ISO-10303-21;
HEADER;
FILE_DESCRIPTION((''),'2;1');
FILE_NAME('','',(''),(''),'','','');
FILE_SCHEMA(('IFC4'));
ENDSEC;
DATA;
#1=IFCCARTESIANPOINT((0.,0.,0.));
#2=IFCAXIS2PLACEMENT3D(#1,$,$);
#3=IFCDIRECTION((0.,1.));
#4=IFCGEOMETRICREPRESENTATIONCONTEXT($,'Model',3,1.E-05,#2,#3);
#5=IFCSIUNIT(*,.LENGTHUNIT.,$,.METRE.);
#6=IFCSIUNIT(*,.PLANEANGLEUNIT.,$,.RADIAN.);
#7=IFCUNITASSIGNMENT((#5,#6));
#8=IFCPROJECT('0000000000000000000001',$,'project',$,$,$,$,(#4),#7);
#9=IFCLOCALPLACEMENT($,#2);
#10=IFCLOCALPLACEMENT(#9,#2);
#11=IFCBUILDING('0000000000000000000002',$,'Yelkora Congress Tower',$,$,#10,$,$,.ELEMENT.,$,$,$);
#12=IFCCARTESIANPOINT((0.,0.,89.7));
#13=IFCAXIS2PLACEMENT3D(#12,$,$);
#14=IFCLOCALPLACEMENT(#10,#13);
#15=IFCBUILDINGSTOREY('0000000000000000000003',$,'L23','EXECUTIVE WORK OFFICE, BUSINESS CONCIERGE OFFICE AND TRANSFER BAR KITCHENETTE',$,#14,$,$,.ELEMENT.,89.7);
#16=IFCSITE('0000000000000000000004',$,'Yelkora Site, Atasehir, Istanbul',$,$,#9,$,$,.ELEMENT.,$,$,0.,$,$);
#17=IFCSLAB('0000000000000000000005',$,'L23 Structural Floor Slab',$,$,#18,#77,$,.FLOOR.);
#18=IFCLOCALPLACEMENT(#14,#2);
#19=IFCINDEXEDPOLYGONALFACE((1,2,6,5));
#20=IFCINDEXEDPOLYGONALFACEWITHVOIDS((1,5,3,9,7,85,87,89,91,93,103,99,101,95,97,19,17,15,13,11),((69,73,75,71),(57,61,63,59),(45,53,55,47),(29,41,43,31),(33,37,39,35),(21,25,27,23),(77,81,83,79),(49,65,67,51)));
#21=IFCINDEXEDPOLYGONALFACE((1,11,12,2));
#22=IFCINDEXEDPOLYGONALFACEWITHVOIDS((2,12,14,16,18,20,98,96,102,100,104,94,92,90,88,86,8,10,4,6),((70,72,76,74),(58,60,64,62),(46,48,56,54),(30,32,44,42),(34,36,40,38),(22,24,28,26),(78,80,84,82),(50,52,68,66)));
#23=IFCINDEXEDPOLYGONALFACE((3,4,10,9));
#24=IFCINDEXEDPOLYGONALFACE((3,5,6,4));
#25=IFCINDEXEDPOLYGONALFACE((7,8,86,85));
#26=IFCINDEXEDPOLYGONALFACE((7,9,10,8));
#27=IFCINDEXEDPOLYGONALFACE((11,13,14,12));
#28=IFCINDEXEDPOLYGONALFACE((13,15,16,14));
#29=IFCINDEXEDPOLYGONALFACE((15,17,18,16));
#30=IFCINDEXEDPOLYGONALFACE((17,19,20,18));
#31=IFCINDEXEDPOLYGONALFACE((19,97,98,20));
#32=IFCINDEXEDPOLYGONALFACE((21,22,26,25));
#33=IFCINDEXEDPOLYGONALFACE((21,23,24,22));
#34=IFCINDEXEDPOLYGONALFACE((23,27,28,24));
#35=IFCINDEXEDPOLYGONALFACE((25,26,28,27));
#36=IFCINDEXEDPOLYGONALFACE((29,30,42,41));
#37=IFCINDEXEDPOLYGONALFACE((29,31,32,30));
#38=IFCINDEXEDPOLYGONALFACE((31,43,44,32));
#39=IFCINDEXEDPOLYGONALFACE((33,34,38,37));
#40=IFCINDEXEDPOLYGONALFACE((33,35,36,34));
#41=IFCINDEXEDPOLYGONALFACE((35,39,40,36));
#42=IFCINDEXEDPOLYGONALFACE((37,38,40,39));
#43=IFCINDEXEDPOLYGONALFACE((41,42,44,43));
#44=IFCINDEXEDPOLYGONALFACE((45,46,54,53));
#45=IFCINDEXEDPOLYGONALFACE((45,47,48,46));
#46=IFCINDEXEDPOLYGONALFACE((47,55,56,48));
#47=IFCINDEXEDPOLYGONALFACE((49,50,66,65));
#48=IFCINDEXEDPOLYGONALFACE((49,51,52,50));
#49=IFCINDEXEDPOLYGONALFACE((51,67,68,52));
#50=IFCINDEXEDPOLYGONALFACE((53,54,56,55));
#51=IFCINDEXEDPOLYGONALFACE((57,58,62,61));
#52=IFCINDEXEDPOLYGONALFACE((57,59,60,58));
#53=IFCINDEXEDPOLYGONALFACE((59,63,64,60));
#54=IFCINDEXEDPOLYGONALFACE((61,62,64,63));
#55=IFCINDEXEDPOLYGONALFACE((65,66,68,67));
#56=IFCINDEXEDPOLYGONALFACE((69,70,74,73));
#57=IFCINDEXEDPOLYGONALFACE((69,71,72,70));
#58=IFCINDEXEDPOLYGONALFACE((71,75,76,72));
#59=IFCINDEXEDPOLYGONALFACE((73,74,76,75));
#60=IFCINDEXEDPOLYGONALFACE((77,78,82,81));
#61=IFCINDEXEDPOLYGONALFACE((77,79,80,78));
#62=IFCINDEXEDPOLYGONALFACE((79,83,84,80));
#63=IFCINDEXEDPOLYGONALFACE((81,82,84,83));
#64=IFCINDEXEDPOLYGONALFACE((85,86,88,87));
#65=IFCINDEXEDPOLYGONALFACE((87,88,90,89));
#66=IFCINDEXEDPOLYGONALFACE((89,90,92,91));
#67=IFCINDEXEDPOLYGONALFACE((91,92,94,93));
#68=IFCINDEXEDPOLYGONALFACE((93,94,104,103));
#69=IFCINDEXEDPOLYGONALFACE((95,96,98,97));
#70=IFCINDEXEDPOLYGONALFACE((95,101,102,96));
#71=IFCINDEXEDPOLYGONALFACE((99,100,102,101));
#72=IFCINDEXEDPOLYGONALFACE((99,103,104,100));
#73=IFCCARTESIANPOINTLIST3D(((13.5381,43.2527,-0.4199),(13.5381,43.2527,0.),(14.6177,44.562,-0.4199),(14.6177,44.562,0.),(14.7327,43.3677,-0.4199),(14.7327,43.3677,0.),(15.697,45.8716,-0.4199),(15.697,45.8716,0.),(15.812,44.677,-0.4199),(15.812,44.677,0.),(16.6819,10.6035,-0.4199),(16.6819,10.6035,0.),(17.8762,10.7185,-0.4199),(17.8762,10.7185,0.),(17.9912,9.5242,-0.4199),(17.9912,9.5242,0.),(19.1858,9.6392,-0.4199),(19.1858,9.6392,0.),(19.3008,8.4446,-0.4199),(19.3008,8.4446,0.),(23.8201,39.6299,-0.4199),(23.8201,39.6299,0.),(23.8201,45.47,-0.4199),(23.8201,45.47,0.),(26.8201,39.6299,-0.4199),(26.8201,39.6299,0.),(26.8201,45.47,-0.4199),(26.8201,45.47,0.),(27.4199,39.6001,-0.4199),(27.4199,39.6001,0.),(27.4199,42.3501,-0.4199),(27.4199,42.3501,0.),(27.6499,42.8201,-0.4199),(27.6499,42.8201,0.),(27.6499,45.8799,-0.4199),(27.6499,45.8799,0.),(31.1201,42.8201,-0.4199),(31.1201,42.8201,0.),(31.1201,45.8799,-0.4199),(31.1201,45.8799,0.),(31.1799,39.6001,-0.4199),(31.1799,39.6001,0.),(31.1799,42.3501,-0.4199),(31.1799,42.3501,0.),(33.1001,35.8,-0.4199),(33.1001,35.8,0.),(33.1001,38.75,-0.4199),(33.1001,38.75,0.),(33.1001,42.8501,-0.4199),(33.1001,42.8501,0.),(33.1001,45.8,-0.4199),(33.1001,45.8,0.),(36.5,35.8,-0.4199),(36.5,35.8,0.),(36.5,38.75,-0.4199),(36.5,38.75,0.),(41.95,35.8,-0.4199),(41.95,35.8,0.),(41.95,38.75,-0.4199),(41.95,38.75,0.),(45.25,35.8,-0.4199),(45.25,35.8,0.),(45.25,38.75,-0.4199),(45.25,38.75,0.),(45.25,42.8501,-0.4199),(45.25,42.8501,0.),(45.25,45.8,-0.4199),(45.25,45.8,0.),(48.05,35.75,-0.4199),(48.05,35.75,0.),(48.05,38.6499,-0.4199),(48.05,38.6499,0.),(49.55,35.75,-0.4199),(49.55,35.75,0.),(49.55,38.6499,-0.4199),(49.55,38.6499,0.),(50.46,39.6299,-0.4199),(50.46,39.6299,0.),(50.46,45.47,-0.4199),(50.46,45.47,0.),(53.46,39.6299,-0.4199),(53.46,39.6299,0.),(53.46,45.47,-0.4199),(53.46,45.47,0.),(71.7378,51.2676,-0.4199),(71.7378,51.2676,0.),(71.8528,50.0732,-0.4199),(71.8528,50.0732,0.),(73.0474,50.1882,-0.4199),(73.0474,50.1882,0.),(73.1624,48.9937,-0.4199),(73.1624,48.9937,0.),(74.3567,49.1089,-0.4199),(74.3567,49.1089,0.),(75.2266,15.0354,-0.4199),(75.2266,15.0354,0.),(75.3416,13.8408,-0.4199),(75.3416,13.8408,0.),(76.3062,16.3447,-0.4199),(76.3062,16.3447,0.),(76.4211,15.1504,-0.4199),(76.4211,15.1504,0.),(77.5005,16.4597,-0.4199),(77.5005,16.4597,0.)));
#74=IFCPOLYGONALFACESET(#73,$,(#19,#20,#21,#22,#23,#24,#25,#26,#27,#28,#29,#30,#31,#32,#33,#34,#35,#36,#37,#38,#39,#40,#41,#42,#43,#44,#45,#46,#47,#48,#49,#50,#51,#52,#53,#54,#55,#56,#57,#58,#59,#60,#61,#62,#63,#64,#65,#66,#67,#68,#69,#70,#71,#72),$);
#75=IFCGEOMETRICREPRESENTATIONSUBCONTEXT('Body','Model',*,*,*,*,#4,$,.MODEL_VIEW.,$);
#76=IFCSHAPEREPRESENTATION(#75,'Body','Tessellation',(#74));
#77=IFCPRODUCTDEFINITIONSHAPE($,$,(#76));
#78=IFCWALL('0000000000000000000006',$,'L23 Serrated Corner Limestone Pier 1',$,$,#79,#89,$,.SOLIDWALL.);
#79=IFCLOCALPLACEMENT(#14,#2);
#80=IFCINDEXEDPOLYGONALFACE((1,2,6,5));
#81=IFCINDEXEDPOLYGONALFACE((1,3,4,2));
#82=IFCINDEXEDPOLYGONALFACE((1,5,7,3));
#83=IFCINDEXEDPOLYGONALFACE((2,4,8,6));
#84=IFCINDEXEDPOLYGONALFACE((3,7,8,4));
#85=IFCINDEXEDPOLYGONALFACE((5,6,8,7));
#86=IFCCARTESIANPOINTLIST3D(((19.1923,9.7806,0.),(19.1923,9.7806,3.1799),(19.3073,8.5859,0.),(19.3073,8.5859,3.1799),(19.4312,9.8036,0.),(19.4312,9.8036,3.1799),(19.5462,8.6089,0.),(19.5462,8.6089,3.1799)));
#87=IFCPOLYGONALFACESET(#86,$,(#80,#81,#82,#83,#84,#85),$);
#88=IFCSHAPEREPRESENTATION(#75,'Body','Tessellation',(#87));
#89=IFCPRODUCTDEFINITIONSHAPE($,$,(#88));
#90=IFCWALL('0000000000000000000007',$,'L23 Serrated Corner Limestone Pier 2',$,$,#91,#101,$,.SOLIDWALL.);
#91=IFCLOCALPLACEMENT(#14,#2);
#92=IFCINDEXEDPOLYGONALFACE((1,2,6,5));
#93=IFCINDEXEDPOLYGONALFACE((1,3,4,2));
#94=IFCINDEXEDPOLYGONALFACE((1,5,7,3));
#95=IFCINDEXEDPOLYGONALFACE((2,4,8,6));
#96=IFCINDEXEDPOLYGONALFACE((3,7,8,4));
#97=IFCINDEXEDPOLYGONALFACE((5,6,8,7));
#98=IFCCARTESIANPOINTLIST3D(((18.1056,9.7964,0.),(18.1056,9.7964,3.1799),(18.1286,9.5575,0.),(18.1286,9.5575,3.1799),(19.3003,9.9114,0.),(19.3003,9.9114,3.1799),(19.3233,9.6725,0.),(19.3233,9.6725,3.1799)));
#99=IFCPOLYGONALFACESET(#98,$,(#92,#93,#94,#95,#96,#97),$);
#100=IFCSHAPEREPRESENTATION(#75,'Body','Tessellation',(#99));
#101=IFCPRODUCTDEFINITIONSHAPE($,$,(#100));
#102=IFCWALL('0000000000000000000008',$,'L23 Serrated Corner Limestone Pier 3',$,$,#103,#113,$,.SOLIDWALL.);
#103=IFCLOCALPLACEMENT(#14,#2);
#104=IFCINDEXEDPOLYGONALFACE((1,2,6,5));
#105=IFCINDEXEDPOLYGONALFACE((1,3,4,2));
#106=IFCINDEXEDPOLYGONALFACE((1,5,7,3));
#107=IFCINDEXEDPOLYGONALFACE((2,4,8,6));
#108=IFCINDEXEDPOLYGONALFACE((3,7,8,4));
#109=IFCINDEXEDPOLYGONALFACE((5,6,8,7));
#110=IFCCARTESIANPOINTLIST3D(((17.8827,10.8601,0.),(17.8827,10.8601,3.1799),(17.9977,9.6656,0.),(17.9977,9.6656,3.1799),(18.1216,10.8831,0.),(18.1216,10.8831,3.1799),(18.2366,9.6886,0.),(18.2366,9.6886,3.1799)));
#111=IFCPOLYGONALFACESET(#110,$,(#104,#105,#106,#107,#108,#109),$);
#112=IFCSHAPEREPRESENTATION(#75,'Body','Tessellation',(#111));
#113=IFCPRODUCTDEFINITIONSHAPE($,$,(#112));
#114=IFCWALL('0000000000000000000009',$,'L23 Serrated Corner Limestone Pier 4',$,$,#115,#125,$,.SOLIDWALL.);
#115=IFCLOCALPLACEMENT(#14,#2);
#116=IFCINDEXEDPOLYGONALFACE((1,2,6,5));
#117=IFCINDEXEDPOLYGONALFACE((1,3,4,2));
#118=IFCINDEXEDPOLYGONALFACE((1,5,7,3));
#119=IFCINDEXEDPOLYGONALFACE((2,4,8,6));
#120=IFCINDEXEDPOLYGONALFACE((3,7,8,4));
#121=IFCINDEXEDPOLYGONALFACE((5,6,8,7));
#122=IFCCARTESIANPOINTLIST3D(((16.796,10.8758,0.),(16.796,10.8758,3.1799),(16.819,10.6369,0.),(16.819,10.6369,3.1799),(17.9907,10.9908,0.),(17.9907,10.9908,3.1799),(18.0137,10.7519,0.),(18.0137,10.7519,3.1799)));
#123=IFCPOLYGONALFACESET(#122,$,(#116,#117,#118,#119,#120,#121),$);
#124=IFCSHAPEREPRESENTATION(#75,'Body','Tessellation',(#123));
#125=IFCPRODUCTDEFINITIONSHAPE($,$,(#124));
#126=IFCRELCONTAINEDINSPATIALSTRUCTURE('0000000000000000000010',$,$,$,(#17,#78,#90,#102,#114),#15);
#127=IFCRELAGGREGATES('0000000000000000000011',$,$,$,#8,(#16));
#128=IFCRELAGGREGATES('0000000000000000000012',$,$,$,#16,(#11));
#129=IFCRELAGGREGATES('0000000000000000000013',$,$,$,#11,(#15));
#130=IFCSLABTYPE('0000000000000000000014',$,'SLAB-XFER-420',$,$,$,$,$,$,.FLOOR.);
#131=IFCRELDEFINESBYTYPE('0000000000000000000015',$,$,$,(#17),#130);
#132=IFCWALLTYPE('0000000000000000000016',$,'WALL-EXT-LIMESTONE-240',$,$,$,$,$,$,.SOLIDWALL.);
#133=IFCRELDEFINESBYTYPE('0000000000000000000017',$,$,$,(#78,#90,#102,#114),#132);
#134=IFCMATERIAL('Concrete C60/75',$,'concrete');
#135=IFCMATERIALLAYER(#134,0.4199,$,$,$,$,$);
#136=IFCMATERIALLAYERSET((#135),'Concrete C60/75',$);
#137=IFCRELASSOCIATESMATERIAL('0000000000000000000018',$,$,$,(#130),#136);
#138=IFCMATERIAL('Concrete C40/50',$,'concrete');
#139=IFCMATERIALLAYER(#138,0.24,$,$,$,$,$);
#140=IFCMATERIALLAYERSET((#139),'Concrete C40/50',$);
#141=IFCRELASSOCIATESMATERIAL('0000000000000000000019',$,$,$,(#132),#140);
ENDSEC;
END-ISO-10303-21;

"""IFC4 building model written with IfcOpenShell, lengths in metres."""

from ifc_helpers import new_model, si_unit, direction, frame, frame_2d, origin, place, context, subcontext, project, spatial, polyline, rectangle, outline, extrude, material, layer, layer_set, type_object, element, save


model = new_model("IFC4")

# Units and contexts
model_context = context("Model", 3, precision=1e-05, world=origin(), true_north=direction((0.0, 1.0)))
body_context = subcontext(model_context, "Body", "Model", "MODEL_VIEW")
ifc_project = project(units=[si_unit("LENGTHUNIT", "METRE"), si_unit("PLANEANGLEUNIT", "RADIAN")], contexts=[model_context])

# Site, building, storey
site_placement = place(None, origin())
site = spatial("IfcSite", under=ifc_project, at=site_placement, Name="Yelkora Site, Atasehir, Istanbul", CompositionType="ELEMENT", RefElevation=0.0)
building_placement = place(site_placement, origin())
building = spatial("IfcBuilding", under=site, at=building_placement, Name="Yelkora Congress Tower", CompositionType="ELEMENT")
storey_placement = place(building_placement, frame((0.0, 0.0, 89.7)))
storey = spatial("IfcBuildingStorey", under=building, at=storey_placement, Name="L23", Description="EXECUTIVE WORK OFFICE, BUSINESS CONCIERGE OFFICE AND TRANSFER BAR KITCHENETTE", CompositionType="ELEMENT", Elevation=89.7)

# Shared definitions
ifc_material_1 = material(Name="Concrete C40/50", Category="concrete")

# Slab
ifc_material_2 = material(Name="Concrete C60/75", Category="concrete")
ifc_layer_1 = layer(ifc_material_2, 0.4199)
ifc_layer_set_1 = layer_set([ifc_layer_1], Name="Concrete C60/75")
slab_type_1 = type_object("IfcSlabType", Name="SLAB-XFER-420", PredefinedType="FLOOR", material=ifc_layer_set_1)
slab_1_placement = place(storey_placement, frame((0.0, 0.0, -0.4199)))
element("IfcSlab", 1, at=slab_1_placement, inside=storey, type_object=slab_type_1, Name="L23 Structural Floor Slab", PredefinedType="FLOOR", context=body_context, shape_type="SweptSolid", body=[
    extrude(outline(polyline([(19.3008, 8.4446), (75.3416, 13.8408), (75.2266, 15.0354), (76.4211, 15.1504), (76.3062, 16.3447), (77.5005, 16.4597), (74.3567, 49.1089), (73.1624, 48.9937), (73.0474, 50.1882), (71.8528, 50.0732), (71.7378, 51.2676), (15.697, 45.8716), (15.812, 44.677), (14.6177, 44.562), (14.7327, 43.3677), (13.5381, 43.2527), (16.6819, 10.6035), (17.8762, 10.7185), (17.9912, 9.5242), (19.1858, 9.6392), (19.3008, 8.4446)]), holes=[polyline([(23.8201, 39.6299), (26.8201, 39.6299), (26.8201, 45.47), (23.8201, 45.47), (23.8201, 39.6299)]), polyline([(50.46, 39.6299), (53.46, 39.6299), (53.46, 45.47), (50.46, 45.47), (50.46, 39.6299)]), polyline([(48.05, 35.75), (49.55, 35.75), (49.55, 38.6499), (48.05, 38.6499), (48.05, 35.75)]), polyline([(41.95, 35.8), (45.25, 35.8), (45.25, 38.75), (41.95, 38.75), (41.95, 35.8)]), polyline([(33.1001, 42.8501), (45.25, 42.8501), (45.25, 45.8), (33.1001, 45.8), (33.1001, 42.8501)]), polyline([(33.1001, 35.8), (36.5, 35.8), (36.5, 38.75), (33.1001, 38.75), (33.1001, 35.8)]), polyline([(27.4199, 39.6001), (31.1799, 39.6001), (31.1799, 42.3501), (27.4199, 42.3501), (27.4199, 39.6001)]), polyline([(27.6499, 42.8201), (31.1201, 42.8201), (31.1201, 45.8799), (27.6499, 45.8799), (27.6499, 42.8201)])]), origin(), (0.0, 0.0, 1.0), 0.4199),
])

# Walls
ifc_layer_2 = layer(ifc_material_1, 0.24)
ifc_layer_set_2 = layer_set([ifc_layer_2], Name="Concrete C40/50")
wall_type_1 = type_object("IfcWallType", Name="WALL-EXT-LIMESTONE-240", PredefinedType="SOLIDWALL", material=ifc_layer_set_2)
for number, where, z_axis, x_axis, name in (
    (2, (19.4268, 8.5974, 0.0), (0.0, 0.0, 1.0), (-0.095817, 0.995399, 0.0), "L23 Serrated Corner Limestone Pier 1"),
    (3, (19.3118, 9.792, 0.0), (0.0, 0.0, 1.0), (-0.995399, -0.095817, 0.0), "L23 Serrated Corner Limestone Pier 2"),
):
    element("IfcWall", number, at=place(storey_placement, frame(where, z_axis=z_axis, x_axis=x_axis)), inside=storey, type_object=wall_type_1, Name=name, PredefinedType="SOLIDWALL", context=body_context, shape_type="SweptSolid", body=[
        extrude(rectangle(XDim=1.2002, YDim=0.24, at=frame_2d((0.6001, 0.0))), origin(), (0.0, 0.0, 1.0), 3.1799),
    ])
wall_1_placement = place(storey_placement, frame((18.1172, 9.677, 0.0), z_axis=(0.0, 0.0, 1.0), x_axis=(-0.095836, 0.995397, 0.0)))
element("IfcWall", 4, at=wall_1_placement, inside=storey, type_object=wall_type_1, Name="L23 Serrated Corner Limestone Pier 3", PredefinedType="SOLIDWALL", context=body_context, shape_type="SweptSolid", body=[
    extrude(rectangle(XDim=1.2, YDim=0.24, at=frame_2d((0.6001, 0.0))), origin(), (0.0, 0.0, 1.0), 3.1799),
])
wall_2_placement = place(storey_placement, frame((18.0022, 10.8713, 0.0), z_axis=(0.0, 0.0, 1.0), x_axis=(-0.995399, -0.095817, 0.0)))
element("IfcWall", 5, at=wall_2_placement, inside=storey, type_object=wall_type_1, Name="L23 Serrated Corner Limestone Pier 4", PredefinedType="SOLIDWALL", context=body_context, shape_type="SweptSolid", body=[
    extrude(rectangle(XDim=1.2002, YDim=0.24, at=frame_2d((0.6001, 0.0))), origin(), (0.0, 0.0, 1.0), 3.1799),
])

save(model, "model.ifc")
